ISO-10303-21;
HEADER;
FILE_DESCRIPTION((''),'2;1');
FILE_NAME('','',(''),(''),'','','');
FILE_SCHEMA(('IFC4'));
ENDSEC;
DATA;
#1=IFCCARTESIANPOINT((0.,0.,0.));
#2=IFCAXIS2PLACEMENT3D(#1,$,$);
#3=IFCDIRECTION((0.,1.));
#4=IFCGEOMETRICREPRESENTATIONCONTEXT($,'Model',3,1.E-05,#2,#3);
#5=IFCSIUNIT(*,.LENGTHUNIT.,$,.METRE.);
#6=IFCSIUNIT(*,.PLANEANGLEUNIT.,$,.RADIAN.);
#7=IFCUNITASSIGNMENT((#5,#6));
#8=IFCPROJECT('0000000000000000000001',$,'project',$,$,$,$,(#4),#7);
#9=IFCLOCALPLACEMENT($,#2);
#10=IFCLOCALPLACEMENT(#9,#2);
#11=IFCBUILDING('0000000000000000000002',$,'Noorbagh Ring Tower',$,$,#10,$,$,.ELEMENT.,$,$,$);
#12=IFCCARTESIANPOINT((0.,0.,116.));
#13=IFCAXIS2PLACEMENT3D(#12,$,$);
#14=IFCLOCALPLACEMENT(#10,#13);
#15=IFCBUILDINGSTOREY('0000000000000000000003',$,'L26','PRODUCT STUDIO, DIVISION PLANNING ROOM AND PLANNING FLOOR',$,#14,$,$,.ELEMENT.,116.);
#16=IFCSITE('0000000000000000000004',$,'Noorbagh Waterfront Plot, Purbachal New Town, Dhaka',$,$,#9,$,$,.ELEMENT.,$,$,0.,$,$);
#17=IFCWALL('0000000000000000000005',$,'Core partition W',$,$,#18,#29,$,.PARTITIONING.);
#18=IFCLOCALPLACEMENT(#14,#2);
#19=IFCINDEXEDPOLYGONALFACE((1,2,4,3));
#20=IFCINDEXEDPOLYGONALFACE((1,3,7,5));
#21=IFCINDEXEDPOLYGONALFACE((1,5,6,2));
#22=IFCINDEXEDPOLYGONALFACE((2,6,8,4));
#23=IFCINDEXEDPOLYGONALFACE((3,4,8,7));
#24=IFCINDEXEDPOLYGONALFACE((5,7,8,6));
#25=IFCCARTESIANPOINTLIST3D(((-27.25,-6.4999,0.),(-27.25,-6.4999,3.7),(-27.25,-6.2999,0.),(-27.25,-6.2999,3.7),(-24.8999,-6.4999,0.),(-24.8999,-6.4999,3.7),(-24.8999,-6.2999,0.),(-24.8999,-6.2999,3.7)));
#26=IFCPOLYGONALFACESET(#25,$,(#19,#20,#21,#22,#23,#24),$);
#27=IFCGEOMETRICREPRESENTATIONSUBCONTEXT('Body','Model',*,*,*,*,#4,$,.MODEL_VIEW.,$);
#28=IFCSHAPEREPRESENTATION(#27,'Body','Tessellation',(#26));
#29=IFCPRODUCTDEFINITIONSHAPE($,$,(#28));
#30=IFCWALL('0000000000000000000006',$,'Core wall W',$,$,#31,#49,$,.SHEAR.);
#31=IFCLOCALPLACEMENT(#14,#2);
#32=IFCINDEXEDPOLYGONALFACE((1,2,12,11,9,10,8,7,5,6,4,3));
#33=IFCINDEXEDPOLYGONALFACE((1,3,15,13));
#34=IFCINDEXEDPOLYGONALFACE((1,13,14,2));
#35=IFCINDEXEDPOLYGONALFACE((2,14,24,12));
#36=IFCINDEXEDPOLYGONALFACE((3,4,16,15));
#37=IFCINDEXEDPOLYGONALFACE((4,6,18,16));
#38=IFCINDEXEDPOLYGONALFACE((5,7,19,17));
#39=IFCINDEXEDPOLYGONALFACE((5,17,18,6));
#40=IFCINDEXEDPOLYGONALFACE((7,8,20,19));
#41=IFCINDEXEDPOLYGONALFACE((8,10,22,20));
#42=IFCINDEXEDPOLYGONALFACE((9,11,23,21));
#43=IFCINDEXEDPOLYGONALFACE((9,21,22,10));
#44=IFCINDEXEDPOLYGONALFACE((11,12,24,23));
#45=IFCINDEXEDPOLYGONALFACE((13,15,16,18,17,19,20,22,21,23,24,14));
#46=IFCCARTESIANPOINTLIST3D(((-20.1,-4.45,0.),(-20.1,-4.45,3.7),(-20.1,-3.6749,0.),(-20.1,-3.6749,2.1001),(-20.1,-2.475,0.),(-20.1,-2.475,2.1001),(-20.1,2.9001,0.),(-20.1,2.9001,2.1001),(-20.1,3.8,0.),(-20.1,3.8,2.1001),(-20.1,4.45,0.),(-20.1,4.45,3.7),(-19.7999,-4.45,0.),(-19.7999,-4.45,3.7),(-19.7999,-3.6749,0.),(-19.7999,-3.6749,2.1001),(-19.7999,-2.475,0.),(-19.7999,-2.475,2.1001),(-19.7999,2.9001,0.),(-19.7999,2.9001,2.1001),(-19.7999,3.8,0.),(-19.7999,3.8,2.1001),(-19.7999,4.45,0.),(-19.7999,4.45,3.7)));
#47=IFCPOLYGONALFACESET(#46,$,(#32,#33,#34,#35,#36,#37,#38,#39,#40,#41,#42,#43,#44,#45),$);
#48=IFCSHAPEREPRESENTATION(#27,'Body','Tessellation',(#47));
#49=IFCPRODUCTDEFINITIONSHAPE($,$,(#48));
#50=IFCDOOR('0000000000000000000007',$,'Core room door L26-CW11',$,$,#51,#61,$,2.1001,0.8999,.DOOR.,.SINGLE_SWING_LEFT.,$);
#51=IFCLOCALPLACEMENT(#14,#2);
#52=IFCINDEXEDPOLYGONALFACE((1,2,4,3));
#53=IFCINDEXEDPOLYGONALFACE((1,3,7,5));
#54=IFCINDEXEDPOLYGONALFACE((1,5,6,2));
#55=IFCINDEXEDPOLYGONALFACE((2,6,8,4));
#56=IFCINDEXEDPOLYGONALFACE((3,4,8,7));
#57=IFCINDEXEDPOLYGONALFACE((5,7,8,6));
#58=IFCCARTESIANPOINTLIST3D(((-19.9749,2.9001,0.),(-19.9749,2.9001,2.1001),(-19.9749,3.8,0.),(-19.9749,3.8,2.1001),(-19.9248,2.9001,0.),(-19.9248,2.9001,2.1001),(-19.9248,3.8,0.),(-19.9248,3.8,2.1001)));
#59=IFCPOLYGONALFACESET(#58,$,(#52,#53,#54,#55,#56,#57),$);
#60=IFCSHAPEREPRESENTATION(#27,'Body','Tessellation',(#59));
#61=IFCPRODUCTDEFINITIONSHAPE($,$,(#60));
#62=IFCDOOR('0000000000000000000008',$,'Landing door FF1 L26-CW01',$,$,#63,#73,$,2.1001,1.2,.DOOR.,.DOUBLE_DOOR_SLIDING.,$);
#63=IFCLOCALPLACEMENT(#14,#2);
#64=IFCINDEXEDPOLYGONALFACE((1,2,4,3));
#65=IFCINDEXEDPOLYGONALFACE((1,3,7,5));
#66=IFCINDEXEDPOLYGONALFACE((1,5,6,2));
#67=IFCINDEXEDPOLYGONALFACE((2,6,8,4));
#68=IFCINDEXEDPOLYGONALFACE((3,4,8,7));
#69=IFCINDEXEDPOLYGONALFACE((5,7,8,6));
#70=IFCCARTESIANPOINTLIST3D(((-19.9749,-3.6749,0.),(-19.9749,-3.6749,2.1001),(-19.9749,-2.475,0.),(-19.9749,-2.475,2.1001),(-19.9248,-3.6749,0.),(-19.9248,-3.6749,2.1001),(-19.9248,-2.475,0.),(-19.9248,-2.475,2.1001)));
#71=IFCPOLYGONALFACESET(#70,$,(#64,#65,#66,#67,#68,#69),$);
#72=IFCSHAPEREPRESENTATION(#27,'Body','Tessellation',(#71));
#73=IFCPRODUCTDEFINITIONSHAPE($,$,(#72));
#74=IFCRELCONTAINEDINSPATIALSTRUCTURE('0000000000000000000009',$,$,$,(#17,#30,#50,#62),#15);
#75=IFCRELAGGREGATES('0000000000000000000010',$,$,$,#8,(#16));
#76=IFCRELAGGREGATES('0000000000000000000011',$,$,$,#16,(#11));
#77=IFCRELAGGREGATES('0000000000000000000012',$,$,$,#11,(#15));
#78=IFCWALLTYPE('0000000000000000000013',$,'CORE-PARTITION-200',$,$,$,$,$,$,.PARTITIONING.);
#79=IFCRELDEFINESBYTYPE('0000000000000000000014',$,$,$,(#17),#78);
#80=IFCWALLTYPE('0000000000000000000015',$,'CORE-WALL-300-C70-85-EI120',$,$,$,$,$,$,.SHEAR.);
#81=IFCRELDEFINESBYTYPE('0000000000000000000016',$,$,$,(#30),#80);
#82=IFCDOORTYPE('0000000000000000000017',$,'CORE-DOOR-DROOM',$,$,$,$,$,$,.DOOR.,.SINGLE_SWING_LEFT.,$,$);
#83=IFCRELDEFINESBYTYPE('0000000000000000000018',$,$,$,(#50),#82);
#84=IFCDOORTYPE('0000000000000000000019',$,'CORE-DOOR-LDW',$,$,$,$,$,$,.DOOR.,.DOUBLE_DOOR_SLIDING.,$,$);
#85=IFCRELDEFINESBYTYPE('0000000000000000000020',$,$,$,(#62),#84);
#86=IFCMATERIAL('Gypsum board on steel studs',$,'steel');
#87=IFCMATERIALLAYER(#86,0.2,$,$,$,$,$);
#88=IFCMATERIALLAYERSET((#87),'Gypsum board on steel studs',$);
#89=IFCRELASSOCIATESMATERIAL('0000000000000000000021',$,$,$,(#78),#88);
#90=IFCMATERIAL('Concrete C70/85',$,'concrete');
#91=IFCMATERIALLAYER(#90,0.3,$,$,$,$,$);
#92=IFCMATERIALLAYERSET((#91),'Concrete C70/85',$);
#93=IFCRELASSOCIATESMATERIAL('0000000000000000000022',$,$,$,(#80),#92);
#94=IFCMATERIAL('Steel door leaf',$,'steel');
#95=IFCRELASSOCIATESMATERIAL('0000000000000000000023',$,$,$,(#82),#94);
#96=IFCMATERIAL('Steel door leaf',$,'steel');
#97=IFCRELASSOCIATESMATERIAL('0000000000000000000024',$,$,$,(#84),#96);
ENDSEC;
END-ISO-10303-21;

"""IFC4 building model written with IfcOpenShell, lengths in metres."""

from ifc_helpers import new_model, si_unit, direction, frame, frame_2d, origin, place, context, subcontext, project, spatial, rectangle, extrude, material, layer, layer_set, type_object, element, fill, save


model = new_model("IFC4")

# Units and contexts
model_context = context("Model", 3, precision=1e-05, world=origin(), true_north=direction((0.0, 1.0)))
body_context = subcontext(model_context, "Body", "Model", "MODEL_VIEW")
ifc_project = project(units=[si_unit("LENGTHUNIT", "METRE"), si_unit("PLANEANGLEUNIT", "RADIAN")], contexts=[model_context])

# Site, building, storey
site_placement = place(None, origin())
site = spatial("IfcSite", under=ifc_project, at=site_placement, Name="Noorbagh Waterfront Plot, Purbachal New Town, Dhaka", CompositionType="ELEMENT", RefElevation=0.0)
building_placement = place(site_placement, origin())
building = spatial("IfcBuilding", under=site, at=building_placement, Name="Noorbagh Ring Tower", CompositionType="ELEMENT")
storey_placement = place(building_placement, frame((0.0, 0.0, 116.0)))
storey = spatial("IfcBuildingStorey", under=building, at=storey_placement, Name="L26", Description="PRODUCT STUDIO, DIVISION PLANNING ROOM AND PLANNING FLOOR", CompositionType="ELEMENT", Elevation=116.0)

# Wall
ifc_material_1 = material(Name="Gypsum board on steel studs", Category="steel")
ifc_layer_1 = layer(ifc_material_1, 0.2)
ifc_layer_set_1 = layer_set([ifc_layer_1], Name="Gypsum board on steel studs")
wall_type_1 = type_object("IfcWallType", Name="CORE-PARTITION-200", PredefinedType="PARTITIONING", material=ifc_layer_set_1)
wall_1_placement = place(storey_placement, frame((-24.8999, -6.3999, 0.0), z_axis=(0.0, 0.0, 1.0), x_axis=(-1.0, 0.0, 0.0)))
element("IfcWall", 1, at=wall_1_placement, inside=storey, type_object=wall_type_1, Name="Core partition W", PredefinedType="PARTITIONING", context=body_context, shape_type="SweptSolid", body=[
    extrude(rectangle(XDim=2.3501, YDim=0.2, at=frame_2d((1.175, 0.0))), origin(), (0.0, 0.0, 1.0), 3.7),
])

# Wall, openings, doors
ifc_material_2 = material(Name="Concrete C70/85", Category="concrete")
ifc_layer_2 = layer(ifc_material_2, 0.3)
ifc_layer_set_2 = layer_set([ifc_layer_2], Name="Concrete C70/85")
wall_type_2 = type_object("IfcWallType", Name="CORE-WALL-300-C70-85-EI120", PredefinedType="SHEAR", material=ifc_layer_set_2)
wall_2_placement = place(storey_placement, frame((-19.95, -4.45, 0.0), z_axis=(0.0, 0.0, 1.0), x_axis=(0.0, 1.0, 0.0)))
wall_2 = element("IfcWall", 2, at=wall_2_placement, inside=storey, type_object=wall_type_2, Name="Core wall W", PredefinedType="SHEAR", context=body_context, shape_type="SweptSolid", body=[
    extrude(rectangle(XDim=8.8999, YDim=0.3, at=frame_2d((4.45, 0.0))), origin(), (0.0, 0.0, 1.0), 3.7),
])
opening_1_placement = place(wall_2_placement, frame((0.7749, 0.0, 0.0)))
opening_1 = element("IfcOpeningElement", 3, at=opening_1_placement, cuts=wall_2, PredefinedType="OPENING", context=body_context, shape_type="SweptSolid", body=[
    extrude(rectangle(XDim=1.2, YDim=2.1001, at=frame_2d((0.6001, 1.05))), frame((0.0, 0.1602, 0.0), z_axis=(0.0, -1.0, 0.0), x_axis=(1.0, 0.0, 0.0)), (0.0, 0.0, 1.0), 0.3201),
])
opening_2_placement = place(wall_2_placement, frame((7.3501, 0.0, 0.0)))
opening_2 = element("IfcOpeningElement", 4, at=opening_2_placement, cuts=wall_2, PredefinedType="OPENING", context=body_context, shape_type="SweptSolid", body=[
    extrude(rectangle(XDim=0.8999, YDim=2.1001, at=frame_2d((0.45, 1.05))), frame((0.0, 0.1602, 0.0), z_axis=(0.0, -1.0, 0.0), x_axis=(1.0, 0.0, 0.0)), (0.0, 0.0, 1.0), 0.3201),
])
ifc_material_3 = material(Name="Steel door leaf", Category="steel")
door_type_1 = type_object("IfcDoorType", Name="CORE-DOOR-DROOM", OperationType="SINGLE_SWING_LEFT", PredefinedType="DOOR", material=ifc_material_3)
door_1_placement = place(opening_2_placement, origin())
door_1 = element("IfcDoor", 5, at=door_1_placement, inside=storey, type_object=door_type_1, Name="Core room door L26-CW11", OperationType="SINGLE_SWING_LEFT", OverallHeight=2.1001, OverallWidth=0.8999, PredefinedType="DOOR", context=body_context, shape_type="SweptSolid", body=[
    extrude(rectangle(XDim=0.8999, YDim=2.1001, at=frame_2d((0.45, 1.05))), frame((0.0, 0.0249, 0.0), z_axis=(0.0, -1.0, 0.0), x_axis=(1.0, 0.0, 0.0)), (0.0, 0.0, 1.0), 0.05),
])
fill(opening_2, door_1)
ifc_material_4 = material(Name="Steel door leaf", Category="steel")
door_type_2 = type_object("IfcDoorType", Name="CORE-DOOR-LDW", OperationType="DOUBLE_DOOR_SLIDING", PredefinedType="DOOR", material=ifc_material_4)
door_2_placement = place(opening_1_placement, origin())
door_2 = element("IfcDoor", 6, at=door_2_placement, inside=storey, type_object=door_type_2, Name="Landing door FF1 L26-CW01", OperationType="DOUBLE_DOOR_SLIDING", OverallHeight=2.1001, OverallWidth=1.2, PredefinedType="DOOR", context=body_context, shape_type="SweptSolid", body=[
    extrude(rectangle(XDim=1.2, YDim=2.1001, at=frame_2d((0.6001, 1.05))), frame((0.0, 0.0249, 0.0), z_axis=(0.0, -1.0, 0.0), x_axis=(1.0, 0.0, 0.0)), (0.0, 0.0, 1.0), 0.05),
])
fill(opening_1, door_2)

save(model, "model.ifc")
